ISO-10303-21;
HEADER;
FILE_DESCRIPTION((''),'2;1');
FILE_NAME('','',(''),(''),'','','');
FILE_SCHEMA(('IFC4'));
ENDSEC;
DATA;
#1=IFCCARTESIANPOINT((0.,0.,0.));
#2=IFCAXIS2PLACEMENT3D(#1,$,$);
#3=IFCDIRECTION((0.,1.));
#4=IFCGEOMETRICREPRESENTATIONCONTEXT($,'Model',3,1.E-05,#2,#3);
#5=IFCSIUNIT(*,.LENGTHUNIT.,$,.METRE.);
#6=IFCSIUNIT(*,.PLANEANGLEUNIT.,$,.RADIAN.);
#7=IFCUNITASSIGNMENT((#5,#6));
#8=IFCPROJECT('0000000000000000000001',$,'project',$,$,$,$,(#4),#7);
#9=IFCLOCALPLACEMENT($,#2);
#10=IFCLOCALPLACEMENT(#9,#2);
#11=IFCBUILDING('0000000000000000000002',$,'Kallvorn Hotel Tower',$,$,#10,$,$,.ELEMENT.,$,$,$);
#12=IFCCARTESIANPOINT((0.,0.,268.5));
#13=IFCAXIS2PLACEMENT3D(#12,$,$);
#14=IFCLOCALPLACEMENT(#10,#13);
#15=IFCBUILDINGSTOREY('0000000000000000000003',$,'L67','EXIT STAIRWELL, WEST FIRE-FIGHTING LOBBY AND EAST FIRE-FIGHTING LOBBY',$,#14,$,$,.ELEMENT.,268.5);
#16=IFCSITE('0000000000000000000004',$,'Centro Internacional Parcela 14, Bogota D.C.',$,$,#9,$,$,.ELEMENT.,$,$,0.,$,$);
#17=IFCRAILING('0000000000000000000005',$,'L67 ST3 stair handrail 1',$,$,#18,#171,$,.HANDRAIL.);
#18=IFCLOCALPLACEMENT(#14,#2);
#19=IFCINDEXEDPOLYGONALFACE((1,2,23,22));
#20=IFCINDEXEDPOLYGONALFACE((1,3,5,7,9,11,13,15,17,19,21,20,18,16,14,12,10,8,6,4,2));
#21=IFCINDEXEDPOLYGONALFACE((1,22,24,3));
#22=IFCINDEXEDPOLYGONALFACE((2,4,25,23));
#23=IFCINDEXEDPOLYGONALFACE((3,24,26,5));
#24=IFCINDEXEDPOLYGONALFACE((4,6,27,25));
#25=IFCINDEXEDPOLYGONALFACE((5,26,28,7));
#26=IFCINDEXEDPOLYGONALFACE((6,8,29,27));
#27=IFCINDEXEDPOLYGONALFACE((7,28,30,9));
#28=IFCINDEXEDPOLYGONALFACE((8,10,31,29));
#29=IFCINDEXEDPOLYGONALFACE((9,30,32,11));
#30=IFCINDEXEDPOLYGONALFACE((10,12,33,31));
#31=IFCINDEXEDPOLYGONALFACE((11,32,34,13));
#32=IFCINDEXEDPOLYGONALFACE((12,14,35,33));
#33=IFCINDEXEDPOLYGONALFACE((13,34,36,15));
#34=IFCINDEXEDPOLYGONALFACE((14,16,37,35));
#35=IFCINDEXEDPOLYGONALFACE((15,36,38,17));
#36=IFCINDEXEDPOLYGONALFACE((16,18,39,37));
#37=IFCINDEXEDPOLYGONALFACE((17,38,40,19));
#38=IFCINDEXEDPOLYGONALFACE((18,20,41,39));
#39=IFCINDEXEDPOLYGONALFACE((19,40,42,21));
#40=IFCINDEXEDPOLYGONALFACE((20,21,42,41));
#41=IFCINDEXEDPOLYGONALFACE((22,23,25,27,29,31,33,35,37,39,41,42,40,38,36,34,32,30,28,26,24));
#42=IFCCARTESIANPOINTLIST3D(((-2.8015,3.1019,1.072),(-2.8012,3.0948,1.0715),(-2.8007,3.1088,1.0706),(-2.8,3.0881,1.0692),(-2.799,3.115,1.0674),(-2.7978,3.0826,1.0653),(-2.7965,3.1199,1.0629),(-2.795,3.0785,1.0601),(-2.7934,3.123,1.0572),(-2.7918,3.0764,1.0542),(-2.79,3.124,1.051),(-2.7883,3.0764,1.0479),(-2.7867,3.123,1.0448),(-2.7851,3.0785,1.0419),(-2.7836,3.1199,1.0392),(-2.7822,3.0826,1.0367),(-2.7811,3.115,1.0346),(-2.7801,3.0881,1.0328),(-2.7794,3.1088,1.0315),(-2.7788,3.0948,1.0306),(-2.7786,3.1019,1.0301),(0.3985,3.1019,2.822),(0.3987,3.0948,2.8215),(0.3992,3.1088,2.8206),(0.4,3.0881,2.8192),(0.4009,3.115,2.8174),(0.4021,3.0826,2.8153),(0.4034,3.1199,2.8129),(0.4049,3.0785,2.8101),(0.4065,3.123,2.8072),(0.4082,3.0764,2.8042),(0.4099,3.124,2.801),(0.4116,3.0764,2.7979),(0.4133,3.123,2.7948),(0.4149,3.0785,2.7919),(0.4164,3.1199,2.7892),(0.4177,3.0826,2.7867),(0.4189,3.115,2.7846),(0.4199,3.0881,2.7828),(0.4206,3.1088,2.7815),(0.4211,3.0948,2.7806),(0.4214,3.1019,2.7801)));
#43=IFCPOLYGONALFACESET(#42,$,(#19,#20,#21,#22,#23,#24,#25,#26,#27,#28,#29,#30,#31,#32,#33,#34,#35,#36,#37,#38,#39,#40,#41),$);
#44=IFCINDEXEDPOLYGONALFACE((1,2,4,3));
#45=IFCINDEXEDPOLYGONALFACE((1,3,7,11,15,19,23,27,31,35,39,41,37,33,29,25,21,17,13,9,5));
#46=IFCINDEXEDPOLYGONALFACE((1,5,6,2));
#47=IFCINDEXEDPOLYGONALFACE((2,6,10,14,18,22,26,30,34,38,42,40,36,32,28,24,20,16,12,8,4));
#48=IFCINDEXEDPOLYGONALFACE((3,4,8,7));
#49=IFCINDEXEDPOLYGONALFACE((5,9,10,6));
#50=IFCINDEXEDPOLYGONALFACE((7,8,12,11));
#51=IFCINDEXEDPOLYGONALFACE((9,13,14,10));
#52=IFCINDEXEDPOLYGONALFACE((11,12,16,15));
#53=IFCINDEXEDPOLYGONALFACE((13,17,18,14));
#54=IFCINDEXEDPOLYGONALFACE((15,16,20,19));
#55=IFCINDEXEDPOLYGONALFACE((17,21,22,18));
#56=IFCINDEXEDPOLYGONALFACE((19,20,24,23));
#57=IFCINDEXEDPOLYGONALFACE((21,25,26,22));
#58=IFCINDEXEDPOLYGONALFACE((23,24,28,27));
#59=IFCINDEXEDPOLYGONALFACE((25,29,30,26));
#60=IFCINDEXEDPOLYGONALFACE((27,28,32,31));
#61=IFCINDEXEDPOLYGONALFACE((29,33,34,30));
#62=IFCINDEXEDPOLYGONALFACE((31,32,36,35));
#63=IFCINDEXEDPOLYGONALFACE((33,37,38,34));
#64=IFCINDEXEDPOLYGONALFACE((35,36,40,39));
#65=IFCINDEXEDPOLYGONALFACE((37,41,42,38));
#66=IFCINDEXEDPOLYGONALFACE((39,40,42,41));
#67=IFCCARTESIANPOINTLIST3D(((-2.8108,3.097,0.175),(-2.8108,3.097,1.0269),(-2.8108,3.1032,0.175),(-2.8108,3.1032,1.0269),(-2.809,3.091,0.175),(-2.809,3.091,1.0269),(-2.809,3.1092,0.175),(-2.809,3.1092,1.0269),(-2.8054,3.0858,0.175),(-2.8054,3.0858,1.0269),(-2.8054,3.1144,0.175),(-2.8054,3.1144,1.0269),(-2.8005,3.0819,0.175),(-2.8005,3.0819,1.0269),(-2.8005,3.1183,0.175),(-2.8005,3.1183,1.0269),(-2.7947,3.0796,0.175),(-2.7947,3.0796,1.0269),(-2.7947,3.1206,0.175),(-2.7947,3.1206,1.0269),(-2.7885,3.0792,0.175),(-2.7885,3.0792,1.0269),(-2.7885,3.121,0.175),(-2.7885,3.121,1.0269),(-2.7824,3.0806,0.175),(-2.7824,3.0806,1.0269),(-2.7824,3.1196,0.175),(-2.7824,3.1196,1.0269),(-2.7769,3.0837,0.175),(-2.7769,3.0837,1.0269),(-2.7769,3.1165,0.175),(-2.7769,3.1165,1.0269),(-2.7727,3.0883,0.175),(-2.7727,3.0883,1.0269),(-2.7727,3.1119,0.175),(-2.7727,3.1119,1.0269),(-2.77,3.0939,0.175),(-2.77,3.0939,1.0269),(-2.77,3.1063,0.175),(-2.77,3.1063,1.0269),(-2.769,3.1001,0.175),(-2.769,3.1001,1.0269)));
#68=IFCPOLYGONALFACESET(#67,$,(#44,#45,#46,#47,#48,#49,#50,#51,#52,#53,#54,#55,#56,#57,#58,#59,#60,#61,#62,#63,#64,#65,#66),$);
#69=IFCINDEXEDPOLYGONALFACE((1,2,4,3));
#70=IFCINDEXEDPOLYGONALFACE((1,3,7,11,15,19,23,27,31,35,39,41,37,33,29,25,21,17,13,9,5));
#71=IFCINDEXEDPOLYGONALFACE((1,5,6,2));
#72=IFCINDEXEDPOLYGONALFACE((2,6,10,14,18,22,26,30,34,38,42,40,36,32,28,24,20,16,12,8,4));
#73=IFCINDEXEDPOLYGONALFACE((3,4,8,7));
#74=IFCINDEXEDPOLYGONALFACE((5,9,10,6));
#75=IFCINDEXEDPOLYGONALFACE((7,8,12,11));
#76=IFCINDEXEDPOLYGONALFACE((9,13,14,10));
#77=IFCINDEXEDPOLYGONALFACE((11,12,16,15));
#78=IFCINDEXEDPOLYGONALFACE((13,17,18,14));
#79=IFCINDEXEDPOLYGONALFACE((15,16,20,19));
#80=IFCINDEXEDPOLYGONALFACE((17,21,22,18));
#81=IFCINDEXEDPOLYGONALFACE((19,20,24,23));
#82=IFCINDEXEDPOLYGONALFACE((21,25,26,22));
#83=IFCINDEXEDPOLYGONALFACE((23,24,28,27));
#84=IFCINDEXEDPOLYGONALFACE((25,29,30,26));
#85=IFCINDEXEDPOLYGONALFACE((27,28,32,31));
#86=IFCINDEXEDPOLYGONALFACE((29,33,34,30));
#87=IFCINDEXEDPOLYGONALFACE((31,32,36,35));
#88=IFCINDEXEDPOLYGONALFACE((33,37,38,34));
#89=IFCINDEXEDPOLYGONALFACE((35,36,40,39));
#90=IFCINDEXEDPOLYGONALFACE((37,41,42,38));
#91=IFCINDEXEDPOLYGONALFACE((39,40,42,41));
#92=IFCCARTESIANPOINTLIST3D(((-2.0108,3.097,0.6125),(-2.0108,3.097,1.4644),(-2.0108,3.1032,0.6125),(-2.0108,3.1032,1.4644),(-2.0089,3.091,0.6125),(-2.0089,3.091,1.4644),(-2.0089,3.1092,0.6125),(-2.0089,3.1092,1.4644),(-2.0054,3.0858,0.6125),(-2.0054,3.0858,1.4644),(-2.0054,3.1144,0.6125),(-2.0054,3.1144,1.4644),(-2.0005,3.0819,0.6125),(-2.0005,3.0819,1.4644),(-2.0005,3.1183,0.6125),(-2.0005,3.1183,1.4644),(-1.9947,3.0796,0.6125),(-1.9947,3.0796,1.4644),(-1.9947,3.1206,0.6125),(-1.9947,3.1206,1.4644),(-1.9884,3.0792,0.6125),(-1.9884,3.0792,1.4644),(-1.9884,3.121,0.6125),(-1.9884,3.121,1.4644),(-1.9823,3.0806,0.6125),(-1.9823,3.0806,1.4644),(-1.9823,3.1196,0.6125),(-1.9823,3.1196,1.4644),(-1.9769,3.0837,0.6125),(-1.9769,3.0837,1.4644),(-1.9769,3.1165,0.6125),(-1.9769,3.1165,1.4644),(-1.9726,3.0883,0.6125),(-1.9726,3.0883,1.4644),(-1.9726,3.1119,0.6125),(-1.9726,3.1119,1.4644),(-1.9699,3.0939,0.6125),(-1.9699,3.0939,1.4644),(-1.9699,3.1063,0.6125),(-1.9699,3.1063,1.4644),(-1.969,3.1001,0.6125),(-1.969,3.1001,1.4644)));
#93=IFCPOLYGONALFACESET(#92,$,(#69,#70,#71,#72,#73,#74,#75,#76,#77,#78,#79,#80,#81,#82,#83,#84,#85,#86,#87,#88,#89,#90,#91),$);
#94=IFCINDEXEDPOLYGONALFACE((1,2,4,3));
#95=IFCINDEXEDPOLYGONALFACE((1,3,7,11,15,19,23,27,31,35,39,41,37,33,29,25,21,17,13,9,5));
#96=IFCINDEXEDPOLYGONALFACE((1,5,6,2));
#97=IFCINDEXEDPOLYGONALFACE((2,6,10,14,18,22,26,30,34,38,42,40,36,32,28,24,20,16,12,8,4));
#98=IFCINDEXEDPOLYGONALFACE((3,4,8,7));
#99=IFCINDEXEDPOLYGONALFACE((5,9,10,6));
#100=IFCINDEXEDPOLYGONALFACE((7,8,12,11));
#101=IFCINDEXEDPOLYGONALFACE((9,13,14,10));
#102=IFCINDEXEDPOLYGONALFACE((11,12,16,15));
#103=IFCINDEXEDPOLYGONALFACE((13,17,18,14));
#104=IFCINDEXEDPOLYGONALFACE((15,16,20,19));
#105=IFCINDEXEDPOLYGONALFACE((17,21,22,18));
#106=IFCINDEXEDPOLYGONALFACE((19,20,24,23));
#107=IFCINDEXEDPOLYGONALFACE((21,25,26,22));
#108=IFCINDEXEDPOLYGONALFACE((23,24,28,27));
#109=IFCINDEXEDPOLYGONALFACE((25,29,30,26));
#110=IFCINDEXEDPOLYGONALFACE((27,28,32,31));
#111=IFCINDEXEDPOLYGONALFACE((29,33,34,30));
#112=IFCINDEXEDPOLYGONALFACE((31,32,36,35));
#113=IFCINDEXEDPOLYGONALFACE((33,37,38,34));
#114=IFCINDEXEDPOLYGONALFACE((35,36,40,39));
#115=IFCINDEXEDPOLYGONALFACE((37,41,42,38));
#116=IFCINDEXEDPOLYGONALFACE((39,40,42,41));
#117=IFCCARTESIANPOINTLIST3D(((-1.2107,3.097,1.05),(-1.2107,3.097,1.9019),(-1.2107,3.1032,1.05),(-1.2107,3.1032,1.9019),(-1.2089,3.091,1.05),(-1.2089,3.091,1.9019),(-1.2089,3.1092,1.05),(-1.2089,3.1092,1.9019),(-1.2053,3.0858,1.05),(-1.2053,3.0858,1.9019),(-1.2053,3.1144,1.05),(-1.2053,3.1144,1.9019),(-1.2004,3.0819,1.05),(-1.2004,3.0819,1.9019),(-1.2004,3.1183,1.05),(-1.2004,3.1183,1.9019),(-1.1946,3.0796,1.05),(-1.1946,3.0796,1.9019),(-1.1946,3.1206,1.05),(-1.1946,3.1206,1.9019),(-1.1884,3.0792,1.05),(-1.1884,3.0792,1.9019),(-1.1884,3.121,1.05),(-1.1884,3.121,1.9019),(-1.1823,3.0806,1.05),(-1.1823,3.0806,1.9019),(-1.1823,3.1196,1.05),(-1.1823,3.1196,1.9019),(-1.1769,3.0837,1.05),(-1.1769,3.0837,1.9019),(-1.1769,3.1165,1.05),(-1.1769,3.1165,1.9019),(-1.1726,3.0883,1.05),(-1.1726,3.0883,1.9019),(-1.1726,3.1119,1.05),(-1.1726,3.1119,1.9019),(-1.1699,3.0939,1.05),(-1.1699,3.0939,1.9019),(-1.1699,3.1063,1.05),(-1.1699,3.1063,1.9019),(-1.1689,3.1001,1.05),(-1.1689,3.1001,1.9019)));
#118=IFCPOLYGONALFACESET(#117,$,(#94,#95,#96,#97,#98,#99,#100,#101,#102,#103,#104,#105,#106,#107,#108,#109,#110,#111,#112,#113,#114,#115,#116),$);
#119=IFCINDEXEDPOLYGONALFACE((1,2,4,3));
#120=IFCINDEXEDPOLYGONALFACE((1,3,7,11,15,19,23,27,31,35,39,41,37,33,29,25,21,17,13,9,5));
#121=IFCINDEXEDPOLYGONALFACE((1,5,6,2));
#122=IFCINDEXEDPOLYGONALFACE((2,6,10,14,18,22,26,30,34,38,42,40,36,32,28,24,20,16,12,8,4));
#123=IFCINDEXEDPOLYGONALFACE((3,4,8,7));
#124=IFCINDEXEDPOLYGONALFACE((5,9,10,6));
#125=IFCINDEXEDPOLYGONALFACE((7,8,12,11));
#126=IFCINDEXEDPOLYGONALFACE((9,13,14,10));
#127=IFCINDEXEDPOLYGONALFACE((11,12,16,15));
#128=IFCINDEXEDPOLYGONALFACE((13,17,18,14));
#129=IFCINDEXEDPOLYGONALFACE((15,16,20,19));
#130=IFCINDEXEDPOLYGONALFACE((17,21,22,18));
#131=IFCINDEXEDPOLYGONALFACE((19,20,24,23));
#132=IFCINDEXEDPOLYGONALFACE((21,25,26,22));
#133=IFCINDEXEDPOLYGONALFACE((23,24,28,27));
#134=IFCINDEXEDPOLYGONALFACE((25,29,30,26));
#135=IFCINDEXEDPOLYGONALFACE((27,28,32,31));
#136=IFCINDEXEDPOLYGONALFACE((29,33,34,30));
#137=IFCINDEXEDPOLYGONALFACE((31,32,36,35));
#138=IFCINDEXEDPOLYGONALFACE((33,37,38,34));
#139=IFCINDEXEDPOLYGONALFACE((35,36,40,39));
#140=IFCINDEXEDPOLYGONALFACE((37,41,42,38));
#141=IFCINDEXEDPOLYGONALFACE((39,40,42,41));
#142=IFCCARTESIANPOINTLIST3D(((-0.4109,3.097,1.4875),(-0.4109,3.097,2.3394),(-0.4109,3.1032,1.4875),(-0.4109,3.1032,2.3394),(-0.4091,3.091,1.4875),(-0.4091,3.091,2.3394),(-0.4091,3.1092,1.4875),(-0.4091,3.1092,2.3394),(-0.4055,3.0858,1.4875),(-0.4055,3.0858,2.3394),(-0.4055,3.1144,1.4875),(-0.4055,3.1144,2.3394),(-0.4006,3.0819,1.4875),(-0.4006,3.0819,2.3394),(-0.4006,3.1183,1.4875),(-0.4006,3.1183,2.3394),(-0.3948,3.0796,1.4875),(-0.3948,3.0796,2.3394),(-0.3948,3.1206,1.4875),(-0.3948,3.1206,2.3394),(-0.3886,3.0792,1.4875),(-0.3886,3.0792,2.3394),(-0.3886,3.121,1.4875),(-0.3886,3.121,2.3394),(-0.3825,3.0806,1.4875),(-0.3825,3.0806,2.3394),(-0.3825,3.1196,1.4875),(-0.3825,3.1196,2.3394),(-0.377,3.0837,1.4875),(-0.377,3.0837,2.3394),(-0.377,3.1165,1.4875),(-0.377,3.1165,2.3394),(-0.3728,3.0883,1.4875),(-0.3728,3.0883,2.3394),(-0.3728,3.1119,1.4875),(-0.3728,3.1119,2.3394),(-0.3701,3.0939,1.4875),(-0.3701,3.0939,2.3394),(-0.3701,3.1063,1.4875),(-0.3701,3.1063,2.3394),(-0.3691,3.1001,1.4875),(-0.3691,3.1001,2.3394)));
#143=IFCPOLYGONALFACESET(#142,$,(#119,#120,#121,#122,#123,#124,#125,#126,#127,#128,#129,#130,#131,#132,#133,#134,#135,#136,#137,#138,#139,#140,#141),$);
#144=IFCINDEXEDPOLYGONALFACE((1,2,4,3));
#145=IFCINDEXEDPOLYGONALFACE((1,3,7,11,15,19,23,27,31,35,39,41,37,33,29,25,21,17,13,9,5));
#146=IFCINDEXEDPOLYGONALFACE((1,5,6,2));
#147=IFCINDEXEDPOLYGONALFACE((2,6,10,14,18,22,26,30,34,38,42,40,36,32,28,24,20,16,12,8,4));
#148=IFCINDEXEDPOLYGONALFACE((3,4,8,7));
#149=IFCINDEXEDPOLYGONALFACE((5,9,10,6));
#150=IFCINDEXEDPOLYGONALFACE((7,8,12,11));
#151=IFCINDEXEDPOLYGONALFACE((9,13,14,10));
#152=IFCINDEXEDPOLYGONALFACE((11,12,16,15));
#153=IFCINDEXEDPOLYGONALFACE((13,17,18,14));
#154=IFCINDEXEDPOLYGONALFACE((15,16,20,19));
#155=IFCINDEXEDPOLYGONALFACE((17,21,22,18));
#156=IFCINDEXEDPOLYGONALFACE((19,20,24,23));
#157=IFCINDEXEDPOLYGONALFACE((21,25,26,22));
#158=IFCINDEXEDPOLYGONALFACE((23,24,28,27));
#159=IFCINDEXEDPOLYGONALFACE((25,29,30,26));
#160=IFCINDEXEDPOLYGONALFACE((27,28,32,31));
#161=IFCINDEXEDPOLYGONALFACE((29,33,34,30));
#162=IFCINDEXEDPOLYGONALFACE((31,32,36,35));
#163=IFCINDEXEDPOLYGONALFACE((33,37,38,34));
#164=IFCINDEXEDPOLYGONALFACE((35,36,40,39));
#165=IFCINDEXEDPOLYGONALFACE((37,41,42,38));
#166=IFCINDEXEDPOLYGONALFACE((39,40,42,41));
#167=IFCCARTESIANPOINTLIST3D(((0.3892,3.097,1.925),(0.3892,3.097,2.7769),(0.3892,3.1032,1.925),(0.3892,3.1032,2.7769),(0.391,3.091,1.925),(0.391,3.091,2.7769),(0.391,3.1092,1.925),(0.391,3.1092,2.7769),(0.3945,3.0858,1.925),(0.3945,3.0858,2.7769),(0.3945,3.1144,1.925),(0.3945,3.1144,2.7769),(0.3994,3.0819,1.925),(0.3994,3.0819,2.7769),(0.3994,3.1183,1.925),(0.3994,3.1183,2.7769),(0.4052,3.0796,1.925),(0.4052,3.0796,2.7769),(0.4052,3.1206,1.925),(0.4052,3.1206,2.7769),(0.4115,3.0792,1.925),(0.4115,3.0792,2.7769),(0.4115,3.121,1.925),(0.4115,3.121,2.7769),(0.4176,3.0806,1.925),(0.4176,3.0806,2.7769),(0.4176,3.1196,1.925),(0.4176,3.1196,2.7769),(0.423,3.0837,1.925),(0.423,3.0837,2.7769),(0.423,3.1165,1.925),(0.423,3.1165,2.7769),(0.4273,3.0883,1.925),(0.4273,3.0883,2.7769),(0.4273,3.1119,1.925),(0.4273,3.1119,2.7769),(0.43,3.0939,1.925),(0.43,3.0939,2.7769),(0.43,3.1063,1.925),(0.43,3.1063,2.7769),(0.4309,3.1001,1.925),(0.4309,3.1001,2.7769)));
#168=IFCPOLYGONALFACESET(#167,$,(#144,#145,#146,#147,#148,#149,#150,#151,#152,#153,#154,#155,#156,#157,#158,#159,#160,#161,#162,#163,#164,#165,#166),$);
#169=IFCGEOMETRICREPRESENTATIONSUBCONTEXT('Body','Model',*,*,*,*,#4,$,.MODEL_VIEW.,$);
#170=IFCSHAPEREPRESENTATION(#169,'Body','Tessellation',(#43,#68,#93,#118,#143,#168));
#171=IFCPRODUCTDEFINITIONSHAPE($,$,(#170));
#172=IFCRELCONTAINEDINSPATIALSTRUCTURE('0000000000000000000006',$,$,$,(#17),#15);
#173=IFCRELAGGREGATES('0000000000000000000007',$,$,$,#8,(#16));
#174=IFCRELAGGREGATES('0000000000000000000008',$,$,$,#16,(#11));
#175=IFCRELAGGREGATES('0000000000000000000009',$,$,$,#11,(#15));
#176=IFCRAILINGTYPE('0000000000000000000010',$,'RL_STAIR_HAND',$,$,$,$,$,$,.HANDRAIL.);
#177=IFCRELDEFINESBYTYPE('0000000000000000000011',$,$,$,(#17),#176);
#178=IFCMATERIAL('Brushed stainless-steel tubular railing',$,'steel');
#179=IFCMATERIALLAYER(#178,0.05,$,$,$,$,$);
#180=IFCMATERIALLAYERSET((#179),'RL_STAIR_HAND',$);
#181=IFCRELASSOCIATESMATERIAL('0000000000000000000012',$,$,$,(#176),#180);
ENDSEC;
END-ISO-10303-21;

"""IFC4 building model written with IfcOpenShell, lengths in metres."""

from ifc_helpers import new_model, si_unit, direction, frame, origin, origin_2d, place, context, subcontext, project, spatial, circle, extrude, material, layer, layer_set, type_object, element, save


model = new_model("IFC4")

# Units and contexts
model_context = context("Model", 3, precision=1e-05, world=origin(), true_north=direction((0.0, 1.0)))
body_context = subcontext(model_context, "Body", "Model", "MODEL_VIEW")
ifc_project = project(units=[si_unit("LENGTHUNIT", "METRE"), si_unit("PLANEANGLEUNIT", "RADIAN")], contexts=[model_context])

# Site, building, storey
site_placement = place(None, origin())
site = spatial("IfcSite", under=ifc_project, at=site_placement, Name="Centro Internacional Parcela 14, Bogota D.C.", CompositionType="ELEMENT", RefElevation=0.0)
building_placement = place(site_placement, origin())
building = spatial("IfcBuilding", under=site, at=building_placement, Name="Kallvorn Hotel Tower", CompositionType="ELEMENT")
storey_placement = place(building_placement, frame((0.0, 0.0, 268.5)))
storey = spatial("IfcBuildingStorey", under=building, at=storey_placement, Name="L67", Description="EXIT STAIRWELL, WEST FIRE-FIGHTING LOBBY AND EAST FIRE-FIGHTING LOBBY", CompositionType="ELEMENT", Elevation=268.5)

# Railing
ifc_material_1 = material(Name="Brushed stainless-steel tubular railing", Category="steel")
ifc_layer_1 = layer(ifc_material_1, 0.05)
ifc_layer_set_1 = layer_set([ifc_layer_1], Name="RL_STAIR_HAND")
railing_type_1 = type_object("IfcRailingType", Name="RL_STAIR_HAND", PredefinedType="HANDRAIL", material=ifc_layer_set_1)
railing_1_placement = place(storey_placement, frame((-2.79, 3.1001, 0.175)))
element("IfcRailing", 1, at=railing_1_placement, inside=storey, type_object=railing_type_1, Name="L67 ST3 stair handrail 1", PredefinedType="HANDRAIL", context=body_context, shape_type="SweptSolid", body=[
    extrude(circle(Radius=0.0239, at=origin_2d()), frame((0.0, 0.0, 0.876), z_axis=(0.877368, 0.0, 0.479818), x_axis=(0.0, 1.0, 0.0)), (0.0, 0.0, 1.0), 3.6472),
    extrude(circle(Radius=0.021, at=origin_2d()), origin(), (0.0, 0.0, 1.0), 0.8518),
    extrude(circle(Radius=0.021, at=origin_2d()), frame((0.8, 0.0, 0.4375)), (0.0, 0.0, 1.0), 0.8518),
    extrude(circle(Radius=0.021, at=origin_2d()), frame((1.6001, 0.0, 0.875)), (0.0, 0.0, 1.0), 0.8518),
    extrude(circle(Radius=0.021, at=origin_2d()), frame((2.3999, 0.0, 1.3125)), (0.0, 0.0, 1.0), 0.8518),
    extrude(circle(Radius=0.021, at=origin_2d()), frame((3.2, 0.0, 1.75)), (0.0, 0.0, 1.0), 0.8518),
])

save(model, "model.ifc")
